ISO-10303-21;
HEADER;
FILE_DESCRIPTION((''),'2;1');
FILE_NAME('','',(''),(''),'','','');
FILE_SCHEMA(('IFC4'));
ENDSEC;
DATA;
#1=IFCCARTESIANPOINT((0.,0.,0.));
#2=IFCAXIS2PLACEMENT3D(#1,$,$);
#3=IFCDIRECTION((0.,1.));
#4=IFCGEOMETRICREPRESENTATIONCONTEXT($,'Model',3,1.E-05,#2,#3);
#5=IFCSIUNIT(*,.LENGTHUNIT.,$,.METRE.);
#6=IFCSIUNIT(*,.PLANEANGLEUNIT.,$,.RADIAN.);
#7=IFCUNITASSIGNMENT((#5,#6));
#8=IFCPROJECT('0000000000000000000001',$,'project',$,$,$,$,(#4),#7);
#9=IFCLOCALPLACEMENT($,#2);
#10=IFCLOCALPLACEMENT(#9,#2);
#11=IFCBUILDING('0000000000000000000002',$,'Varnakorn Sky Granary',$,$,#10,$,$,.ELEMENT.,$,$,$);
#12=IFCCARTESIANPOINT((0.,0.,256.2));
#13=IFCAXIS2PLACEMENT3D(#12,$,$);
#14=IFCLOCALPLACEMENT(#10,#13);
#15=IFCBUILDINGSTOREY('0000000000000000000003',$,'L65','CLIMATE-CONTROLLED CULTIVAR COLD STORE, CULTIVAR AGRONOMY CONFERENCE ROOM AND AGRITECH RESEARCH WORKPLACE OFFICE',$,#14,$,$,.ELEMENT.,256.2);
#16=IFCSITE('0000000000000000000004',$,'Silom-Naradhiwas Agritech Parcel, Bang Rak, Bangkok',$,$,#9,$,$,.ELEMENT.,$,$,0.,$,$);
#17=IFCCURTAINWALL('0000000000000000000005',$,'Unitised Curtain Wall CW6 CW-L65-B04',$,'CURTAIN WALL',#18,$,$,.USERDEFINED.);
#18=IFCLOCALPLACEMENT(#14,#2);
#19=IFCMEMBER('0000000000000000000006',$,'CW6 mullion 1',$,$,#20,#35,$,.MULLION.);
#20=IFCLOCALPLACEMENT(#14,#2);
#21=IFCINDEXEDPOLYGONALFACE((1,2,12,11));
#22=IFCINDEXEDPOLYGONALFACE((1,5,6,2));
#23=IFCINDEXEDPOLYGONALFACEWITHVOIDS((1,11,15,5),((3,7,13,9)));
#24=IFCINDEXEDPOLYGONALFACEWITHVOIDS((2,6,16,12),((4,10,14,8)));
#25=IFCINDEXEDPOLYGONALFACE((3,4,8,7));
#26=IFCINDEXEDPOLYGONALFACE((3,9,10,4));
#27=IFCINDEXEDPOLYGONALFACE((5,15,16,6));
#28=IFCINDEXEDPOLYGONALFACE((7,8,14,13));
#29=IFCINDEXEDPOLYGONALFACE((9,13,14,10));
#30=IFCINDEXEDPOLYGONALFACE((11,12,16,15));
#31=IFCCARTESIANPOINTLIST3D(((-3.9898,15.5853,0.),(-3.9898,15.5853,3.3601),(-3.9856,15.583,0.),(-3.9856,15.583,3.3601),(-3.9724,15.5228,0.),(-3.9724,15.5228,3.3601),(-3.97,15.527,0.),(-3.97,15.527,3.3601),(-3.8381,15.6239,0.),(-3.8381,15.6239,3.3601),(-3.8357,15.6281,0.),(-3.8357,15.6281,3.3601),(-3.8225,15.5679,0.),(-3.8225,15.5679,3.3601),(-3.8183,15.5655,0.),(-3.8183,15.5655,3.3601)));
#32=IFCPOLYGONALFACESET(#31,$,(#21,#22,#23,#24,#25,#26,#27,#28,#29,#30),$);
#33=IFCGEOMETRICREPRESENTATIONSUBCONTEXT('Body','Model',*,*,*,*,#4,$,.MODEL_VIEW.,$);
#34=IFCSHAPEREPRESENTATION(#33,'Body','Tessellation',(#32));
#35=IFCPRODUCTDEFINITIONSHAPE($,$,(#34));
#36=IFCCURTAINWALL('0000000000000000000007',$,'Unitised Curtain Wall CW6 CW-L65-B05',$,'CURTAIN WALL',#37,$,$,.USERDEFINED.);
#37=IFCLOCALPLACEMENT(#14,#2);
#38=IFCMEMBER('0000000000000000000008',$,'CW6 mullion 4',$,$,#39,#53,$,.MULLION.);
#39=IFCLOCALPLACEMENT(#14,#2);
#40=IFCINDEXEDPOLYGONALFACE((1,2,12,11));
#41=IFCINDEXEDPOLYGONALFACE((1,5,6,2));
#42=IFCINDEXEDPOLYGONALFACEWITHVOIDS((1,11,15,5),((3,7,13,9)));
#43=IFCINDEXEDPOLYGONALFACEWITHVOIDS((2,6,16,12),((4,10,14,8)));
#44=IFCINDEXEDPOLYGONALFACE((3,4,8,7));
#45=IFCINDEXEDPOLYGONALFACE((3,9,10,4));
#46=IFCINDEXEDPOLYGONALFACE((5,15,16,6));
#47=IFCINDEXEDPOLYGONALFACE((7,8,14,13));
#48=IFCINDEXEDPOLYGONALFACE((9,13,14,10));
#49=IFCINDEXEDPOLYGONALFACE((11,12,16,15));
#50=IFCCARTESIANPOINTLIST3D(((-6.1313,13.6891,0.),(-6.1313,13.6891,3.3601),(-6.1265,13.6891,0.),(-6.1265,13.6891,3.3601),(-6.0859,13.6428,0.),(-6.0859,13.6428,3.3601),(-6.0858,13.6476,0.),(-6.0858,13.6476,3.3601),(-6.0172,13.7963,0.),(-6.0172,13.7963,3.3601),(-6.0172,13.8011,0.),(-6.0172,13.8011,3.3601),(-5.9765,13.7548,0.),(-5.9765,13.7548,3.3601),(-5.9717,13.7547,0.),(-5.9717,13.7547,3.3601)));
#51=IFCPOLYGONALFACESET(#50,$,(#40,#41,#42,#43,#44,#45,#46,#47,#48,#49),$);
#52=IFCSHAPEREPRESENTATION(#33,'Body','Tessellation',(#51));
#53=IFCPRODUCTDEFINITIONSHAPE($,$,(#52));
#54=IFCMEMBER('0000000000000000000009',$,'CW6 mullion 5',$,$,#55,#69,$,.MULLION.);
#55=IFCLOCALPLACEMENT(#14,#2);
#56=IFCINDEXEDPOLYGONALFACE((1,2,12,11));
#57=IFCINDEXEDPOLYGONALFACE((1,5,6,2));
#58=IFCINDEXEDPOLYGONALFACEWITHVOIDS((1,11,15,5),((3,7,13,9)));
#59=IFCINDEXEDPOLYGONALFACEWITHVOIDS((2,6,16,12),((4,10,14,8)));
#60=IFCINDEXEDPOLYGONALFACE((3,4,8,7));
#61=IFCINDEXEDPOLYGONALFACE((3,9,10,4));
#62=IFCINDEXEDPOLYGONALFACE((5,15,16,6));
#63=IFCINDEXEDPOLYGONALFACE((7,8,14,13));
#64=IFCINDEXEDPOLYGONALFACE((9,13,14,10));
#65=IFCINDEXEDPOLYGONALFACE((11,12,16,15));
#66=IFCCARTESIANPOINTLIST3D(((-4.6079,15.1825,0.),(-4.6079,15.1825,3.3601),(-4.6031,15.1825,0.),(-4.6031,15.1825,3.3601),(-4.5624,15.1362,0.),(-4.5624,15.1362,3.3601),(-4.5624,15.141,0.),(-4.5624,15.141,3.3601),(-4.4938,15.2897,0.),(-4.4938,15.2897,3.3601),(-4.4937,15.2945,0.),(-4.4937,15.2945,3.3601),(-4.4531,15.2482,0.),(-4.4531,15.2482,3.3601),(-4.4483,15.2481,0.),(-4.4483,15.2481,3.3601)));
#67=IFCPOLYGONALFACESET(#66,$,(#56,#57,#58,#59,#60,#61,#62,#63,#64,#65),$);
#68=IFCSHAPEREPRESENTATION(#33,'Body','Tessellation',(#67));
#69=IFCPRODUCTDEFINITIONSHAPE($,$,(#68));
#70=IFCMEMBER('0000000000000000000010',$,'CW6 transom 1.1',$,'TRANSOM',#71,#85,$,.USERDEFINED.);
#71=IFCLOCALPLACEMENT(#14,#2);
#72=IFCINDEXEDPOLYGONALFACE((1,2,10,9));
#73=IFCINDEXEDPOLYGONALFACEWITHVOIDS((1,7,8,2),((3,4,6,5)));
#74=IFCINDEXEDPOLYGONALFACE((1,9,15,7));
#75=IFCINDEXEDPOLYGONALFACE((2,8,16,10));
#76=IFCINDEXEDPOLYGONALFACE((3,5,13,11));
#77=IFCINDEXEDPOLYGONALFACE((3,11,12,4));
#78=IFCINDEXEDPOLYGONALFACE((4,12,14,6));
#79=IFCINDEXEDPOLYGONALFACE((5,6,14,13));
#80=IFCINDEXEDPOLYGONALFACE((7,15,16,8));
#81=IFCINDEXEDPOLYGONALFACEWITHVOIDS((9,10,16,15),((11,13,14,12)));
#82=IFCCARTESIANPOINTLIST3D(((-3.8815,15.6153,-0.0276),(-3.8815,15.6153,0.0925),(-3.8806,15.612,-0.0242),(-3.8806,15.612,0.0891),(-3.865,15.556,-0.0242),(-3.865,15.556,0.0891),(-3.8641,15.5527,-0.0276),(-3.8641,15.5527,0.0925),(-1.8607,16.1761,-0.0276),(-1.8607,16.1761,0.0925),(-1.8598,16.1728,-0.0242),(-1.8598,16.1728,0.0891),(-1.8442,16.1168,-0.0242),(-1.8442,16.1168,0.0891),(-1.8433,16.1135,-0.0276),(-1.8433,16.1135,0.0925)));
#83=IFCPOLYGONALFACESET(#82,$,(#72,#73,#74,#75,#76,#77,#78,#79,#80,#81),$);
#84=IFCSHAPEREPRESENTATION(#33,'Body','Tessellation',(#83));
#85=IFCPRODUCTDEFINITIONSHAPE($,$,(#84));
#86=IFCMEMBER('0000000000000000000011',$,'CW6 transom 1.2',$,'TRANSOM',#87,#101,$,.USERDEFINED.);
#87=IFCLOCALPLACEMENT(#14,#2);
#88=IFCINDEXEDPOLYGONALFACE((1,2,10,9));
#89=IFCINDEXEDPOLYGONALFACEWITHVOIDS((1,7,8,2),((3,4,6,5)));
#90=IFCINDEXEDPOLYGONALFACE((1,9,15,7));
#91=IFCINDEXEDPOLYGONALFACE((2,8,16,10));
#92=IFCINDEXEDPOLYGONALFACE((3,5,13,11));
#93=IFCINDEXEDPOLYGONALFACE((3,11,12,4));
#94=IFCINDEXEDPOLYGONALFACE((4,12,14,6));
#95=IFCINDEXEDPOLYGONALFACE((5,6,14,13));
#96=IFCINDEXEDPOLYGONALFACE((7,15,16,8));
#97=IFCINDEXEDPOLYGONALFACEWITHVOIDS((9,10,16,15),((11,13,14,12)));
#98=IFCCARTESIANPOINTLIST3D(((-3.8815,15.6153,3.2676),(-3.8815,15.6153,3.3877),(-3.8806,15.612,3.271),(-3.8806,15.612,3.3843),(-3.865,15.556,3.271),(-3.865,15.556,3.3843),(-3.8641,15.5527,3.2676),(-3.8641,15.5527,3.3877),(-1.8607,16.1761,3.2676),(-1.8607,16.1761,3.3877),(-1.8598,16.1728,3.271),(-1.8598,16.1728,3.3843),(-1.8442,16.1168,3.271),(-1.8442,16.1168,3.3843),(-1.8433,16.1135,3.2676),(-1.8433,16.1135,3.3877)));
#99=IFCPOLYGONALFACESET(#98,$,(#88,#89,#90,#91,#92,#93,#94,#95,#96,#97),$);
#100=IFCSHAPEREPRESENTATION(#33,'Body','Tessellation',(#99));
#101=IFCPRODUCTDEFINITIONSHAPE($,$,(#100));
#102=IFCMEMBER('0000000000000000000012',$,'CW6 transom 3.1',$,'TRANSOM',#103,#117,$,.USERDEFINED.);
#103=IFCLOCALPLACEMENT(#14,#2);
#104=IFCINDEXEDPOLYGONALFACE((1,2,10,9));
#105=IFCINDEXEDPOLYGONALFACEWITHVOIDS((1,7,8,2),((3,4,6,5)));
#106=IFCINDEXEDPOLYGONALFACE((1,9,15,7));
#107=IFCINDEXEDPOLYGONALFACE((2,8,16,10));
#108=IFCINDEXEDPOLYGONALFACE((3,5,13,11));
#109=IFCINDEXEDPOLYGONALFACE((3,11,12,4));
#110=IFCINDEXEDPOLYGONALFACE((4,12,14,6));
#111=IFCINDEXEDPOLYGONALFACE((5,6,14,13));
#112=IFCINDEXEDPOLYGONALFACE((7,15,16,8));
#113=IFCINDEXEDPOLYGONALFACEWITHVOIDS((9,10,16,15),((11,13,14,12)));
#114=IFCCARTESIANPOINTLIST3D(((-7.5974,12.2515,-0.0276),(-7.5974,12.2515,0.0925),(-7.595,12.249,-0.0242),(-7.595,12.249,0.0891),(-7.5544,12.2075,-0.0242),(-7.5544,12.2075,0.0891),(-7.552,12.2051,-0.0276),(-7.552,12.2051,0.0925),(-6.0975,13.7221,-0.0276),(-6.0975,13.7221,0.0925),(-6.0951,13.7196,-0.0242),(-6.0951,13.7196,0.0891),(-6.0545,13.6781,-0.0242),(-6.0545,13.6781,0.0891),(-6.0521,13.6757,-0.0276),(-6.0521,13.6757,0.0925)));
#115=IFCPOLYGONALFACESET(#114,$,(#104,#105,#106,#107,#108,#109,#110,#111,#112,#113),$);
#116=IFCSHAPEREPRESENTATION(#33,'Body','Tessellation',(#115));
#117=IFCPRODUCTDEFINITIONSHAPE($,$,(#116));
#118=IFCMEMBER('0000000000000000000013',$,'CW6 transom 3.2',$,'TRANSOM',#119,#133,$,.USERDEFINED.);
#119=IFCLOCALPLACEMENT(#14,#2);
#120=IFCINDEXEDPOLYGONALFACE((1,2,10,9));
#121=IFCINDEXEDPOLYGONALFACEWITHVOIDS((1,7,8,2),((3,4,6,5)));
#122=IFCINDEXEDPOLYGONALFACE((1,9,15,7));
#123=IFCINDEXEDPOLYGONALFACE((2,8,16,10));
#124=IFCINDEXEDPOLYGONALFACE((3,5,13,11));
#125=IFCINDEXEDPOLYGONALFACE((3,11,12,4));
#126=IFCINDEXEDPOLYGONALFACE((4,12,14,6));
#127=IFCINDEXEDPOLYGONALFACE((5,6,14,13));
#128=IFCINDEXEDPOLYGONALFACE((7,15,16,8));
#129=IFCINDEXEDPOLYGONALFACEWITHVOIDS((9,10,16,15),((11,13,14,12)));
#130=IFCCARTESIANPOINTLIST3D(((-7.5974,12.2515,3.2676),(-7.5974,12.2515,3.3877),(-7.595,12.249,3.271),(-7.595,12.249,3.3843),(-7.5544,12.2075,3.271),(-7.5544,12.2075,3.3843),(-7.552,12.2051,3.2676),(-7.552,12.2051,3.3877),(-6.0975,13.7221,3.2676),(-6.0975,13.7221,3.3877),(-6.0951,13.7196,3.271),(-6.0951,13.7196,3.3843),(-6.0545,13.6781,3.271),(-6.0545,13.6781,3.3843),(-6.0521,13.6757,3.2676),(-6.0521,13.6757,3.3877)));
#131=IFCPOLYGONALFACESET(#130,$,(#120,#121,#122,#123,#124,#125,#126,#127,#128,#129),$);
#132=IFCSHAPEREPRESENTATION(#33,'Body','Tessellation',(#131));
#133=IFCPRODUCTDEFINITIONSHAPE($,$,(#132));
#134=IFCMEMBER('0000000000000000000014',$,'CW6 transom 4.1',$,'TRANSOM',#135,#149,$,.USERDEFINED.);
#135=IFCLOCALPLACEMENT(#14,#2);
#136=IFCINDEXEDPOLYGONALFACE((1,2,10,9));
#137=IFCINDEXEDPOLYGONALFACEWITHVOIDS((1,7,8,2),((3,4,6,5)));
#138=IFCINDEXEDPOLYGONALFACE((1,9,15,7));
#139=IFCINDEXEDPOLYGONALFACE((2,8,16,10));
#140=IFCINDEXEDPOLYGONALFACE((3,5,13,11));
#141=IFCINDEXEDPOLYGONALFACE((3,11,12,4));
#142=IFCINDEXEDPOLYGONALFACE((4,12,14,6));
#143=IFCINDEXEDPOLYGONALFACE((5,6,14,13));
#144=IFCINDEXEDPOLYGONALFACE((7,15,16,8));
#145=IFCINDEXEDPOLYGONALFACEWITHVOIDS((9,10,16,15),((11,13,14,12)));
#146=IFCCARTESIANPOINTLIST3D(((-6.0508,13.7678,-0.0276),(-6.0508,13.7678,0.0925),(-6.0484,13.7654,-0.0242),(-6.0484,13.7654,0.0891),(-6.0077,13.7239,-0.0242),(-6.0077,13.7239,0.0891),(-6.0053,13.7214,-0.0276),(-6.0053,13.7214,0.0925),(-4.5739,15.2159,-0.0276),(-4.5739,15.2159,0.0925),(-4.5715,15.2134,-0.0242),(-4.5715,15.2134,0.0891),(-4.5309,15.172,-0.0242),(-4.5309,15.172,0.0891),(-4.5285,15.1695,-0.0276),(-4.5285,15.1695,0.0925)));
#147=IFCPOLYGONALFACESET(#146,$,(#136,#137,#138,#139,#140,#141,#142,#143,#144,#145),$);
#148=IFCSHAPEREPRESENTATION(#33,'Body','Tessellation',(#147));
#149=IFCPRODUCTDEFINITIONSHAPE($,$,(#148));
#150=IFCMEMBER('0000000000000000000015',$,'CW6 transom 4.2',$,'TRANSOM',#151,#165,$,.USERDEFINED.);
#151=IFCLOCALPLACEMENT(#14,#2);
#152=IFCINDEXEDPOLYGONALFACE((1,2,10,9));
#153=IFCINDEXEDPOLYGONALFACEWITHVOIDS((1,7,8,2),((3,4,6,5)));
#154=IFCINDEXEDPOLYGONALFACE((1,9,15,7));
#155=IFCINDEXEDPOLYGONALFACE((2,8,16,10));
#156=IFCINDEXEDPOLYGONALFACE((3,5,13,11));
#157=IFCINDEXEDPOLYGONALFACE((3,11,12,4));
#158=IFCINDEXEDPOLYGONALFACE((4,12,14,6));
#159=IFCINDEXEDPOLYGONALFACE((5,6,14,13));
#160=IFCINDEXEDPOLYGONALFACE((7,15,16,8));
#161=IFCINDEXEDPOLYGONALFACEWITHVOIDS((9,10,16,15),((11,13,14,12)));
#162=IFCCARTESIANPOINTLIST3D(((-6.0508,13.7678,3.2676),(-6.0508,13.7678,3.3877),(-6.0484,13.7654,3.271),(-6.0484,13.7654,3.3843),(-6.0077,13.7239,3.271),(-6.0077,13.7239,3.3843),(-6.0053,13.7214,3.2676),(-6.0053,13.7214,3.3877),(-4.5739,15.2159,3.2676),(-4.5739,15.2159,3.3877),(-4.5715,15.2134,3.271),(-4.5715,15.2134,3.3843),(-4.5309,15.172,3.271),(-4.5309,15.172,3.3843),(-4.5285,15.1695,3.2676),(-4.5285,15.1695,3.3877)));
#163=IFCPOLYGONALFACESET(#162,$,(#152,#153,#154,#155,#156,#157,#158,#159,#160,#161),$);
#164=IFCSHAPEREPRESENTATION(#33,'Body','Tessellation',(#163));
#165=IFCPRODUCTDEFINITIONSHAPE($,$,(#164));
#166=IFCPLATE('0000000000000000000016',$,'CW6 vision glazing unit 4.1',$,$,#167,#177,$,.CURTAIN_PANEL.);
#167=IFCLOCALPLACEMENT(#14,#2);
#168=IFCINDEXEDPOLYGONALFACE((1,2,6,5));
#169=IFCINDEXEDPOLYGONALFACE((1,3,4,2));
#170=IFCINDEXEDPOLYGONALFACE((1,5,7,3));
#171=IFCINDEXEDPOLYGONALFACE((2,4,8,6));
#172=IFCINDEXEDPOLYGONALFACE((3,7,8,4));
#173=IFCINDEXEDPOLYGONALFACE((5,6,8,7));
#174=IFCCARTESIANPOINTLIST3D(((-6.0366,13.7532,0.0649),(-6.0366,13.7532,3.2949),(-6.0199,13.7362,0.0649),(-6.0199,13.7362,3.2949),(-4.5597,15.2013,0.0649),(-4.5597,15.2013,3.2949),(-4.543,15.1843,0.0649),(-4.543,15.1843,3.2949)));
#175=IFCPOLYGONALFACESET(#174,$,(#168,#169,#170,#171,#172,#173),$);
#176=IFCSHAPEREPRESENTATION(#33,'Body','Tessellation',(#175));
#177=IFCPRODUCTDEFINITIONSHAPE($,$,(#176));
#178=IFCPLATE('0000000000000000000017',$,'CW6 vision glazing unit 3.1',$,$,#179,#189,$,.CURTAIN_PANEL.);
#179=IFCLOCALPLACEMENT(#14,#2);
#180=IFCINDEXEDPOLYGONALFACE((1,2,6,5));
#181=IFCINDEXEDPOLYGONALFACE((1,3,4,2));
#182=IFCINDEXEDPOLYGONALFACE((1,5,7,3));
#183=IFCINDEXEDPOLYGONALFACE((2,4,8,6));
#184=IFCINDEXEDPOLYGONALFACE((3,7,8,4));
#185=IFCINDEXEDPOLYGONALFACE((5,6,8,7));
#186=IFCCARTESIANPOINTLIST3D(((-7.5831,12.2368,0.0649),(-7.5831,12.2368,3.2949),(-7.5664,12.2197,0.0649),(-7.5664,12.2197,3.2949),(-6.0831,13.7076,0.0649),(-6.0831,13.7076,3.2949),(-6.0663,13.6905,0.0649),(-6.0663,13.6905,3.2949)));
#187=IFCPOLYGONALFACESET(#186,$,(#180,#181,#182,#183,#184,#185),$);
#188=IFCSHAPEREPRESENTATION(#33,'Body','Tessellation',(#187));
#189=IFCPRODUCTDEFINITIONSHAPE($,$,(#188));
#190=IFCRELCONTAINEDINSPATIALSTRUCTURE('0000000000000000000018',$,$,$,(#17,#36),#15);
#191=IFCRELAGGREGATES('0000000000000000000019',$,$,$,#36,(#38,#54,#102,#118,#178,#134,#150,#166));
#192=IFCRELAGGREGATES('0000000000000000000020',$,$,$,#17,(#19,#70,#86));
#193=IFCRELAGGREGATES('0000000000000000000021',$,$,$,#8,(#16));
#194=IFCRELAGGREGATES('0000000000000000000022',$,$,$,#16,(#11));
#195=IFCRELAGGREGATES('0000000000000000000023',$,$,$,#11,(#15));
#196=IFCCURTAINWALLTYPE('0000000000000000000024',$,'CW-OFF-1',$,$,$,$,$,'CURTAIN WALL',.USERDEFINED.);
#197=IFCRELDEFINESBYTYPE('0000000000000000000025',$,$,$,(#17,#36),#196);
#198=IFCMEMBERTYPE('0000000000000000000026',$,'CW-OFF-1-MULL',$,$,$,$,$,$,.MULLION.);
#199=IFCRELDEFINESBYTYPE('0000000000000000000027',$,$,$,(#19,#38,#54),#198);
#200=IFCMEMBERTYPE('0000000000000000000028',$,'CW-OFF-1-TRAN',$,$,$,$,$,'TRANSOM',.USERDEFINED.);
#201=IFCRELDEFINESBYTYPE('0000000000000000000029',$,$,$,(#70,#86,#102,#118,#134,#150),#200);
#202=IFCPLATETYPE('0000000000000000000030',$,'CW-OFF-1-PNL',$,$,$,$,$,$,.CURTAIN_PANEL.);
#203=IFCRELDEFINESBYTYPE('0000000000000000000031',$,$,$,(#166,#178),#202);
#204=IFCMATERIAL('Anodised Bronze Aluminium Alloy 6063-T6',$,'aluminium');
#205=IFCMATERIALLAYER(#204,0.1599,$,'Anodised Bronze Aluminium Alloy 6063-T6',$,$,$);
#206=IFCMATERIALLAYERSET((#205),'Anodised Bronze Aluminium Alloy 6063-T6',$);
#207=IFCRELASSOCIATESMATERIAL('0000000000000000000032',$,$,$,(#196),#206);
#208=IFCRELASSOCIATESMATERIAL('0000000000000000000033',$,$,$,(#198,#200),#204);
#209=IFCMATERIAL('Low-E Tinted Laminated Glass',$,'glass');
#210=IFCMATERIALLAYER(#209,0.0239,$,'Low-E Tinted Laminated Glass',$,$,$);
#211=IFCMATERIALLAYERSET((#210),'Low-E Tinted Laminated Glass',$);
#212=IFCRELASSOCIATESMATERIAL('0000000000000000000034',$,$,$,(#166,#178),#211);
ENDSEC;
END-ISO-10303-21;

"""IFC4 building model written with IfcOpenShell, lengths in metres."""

from ifc_helpers import new_model, si_unit, direction, frame, origin, origin_2d, place, context, subcontext, project, spatial, rectangle, hollow_rectangle, extrude, source, transform, mapped, material, layer, layer_set, material_profile, profile_set, type_object, element, aggregate, save


model = new_model("IFC4")

# Units and contexts
model_context = context("Model", 3, precision=1e-05, world=origin(), true_north=direction((0.0, 1.0)))
body_context = subcontext(model_context, "Body", "Model", "MODEL_VIEW")
ifc_project = project(units=[si_unit("LENGTHUNIT", "METRE"), si_unit("PLANEANGLEUNIT", "RADIAN")], contexts=[model_context])

# Site, building, storey
site_placement = place(None, origin())
site = spatial("IfcSite", under=ifc_project, at=site_placement, Name="Silom-Naradhiwas Agritech Parcel, Bang Rak, Bangkok", CompositionType="ELEMENT", RefElevation=0.0)
building_placement = place(site_placement, origin())
building = spatial("IfcBuilding", under=site, at=building_placement, Name="Varnakorn Sky Granary", CompositionType="ELEMENT")
storey_placement = place(building_placement, frame((0.0, 0.0, 256.2)))
storey = spatial("IfcBuildingStorey", under=building, at=storey_placement, Name="L65", Description="CLIMATE-CONTROLLED CULTIVAR COLD STORE, CULTIVAR AGRONOMY CONFERENCE ROOM AND AGRITECH RESEARCH WORKPLACE OFFICE", CompositionType="ELEMENT", Elevation=256.2)

# Curtain wall, member
ifc_material_1 = material(Name="Anodised Bronze Aluminium Alloy 6063-T6", Category="aluminium")
ifc_layer_1 = layer(ifc_material_1, 0.1599, Name="Anodised Bronze Aluminium Alloy 6063-T6")
ifc_layer_set_1 = layer_set([ifc_layer_1], Name="Anodised Bronze Aluminium Alloy 6063-T6")
curtain_wall_type = type_object("IfcCurtainWallType", Name="CW-OFF-1", ElementType="CURTAIN WALL", PredefinedType="USERDEFINED", material=ifc_layer_set_1)
curtain_wall_1_placement = place(storey_placement, origin())
curtain_wall_1 = element("IfcCurtainWall", 1, at=curtain_wall_1_placement, inside=storey, type_object=curtain_wall_type, Name="Unitised Curtain Wall CW6 CW-L65-B04", ObjectType="CURTAIN WALL", PredefinedType="USERDEFINED")
ifc_material_profile_1 = material_profile(ifc_material_1, hollow_rectangle(XDim=0.0649, YDim=0.1599, WallThickness=0.0034, at=origin_2d()), Name="ALU MULL 65x160")
ifc_profile_set_1 = profile_set([ifc_material_profile_1], Name="Anodised Bronze Aluminium Alloy 6063-T6")
member_type_1 = type_object("IfcMemberType", Name="CW-OFF-1-MULL", PredefinedType="MULLION", material=ifc_profile_set_1)
member_1_placement = place(storey_placement, frame((-3.9041, 15.5754, 0.0), z_axis=(0.0, 0.0, 1.0), x_axis=(-0.267429, 0.963577, 0.0)))
member_1 = element("IfcMember", 2, at=member_1_placement, type_object=member_type_1, Name="CW6 mullion 1", PredefinedType="MULLION", context=body_context, shape_type="SweptSolid", body=[
    extrude(hollow_rectangle(XDim=0.0649, YDim=0.1599, WallThickness=0.0034, at=origin_2d()), origin(), (0.0, 0.0, 1.0), 3.3601),
])

# Curtain wall, members
curtain_wall_2_placement = place(storey_placement, origin())
curtain_wall_2 = element("IfcCurtainWall", 3, at=curtain_wall_2_placement, inside=storey, type_object=curtain_wall_type, Name="Unitised Curtain Wall CW6 CW-L65-B05", ObjectType="CURTAIN WALL", PredefinedType="USERDEFINED")
member_2_placement = place(storey_placement, frame((-6.0515, 13.7219, 0.0), z_axis=(0.0, 0.0, 1.0), x_axis=(-0.700118, 0.714027, 0.0)))
member_2 = element("IfcMember", 4, at=member_2_placement, type_object=member_type_1, Name="CW6 mullion 4", PredefinedType="MULLION", context=body_context, shape_type="SweptSolid", body=[
    extrude(hollow_rectangle(XDim=0.0649, YDim=0.1599, WallThickness=0.0034, at=origin_2d()), origin(), (0.0, 0.0, 1.0), 3.3601),
])
member_3_placement = place(storey_placement, frame((-4.5281, 15.2153, 0.0), z_axis=(0.0, 0.0, 1.0), x_axis=(-0.700118, 0.714027, 0.0)))
member_3 = element("IfcMember", 5, at=member_3_placement, type_object=member_type_1, Name="CW6 mullion 5", PredefinedType="MULLION", context=body_context, shape_type="SweptSolid", body=[
    extrude(hollow_rectangle(XDim=0.0649, YDim=0.1599, WallThickness=0.0034, at=origin_2d()), origin(), (0.0, 0.0, 1.0), 3.3601),
])

# Members
ifc_material_profile_2 = material_profile(ifc_material_1, hollow_rectangle(XDim=0.0649, YDim=0.1201, WallThickness=0.0034, at=origin_2d()), Name="ALU TRAN 65x120")
ifc_profile_set_2 = profile_set([ifc_material_profile_2], Name="Anodised Bronze Aluminium Alloy 6063-T6")
member_type_2 = type_object("IfcMemberType", Name="CW-OFF-1-TRAN", ElementType="TRANSOM", PredefinedType="USERDEFINED", material=ifc_profile_set_2)
member_4_placement = place(storey_placement, frame((-3.8728, 15.584, 0.0325), z_axis=(0.963583, 0.26741, 0.0), x_axis=(-0.26741, 0.963583, 0.0)))
member_4 = element("IfcMember", 6, at=member_4_placement, type_object=member_type_2, Name="CW6 transom 1.1", ObjectType="TRANSOM", PredefinedType="USERDEFINED", context=body_context, shape_type="SweptSolid", body=[
    extrude(hollow_rectangle(XDim=0.0649, YDim=0.1201, WallThickness=0.0034, at=origin_2d()), origin(), (0.0, 0.0, 1.0), 2.0972),
])
member_5_placement = place(storey_placement, frame((-3.8728, 15.584, 3.3276), z_axis=(0.963583, 0.26741, 0.0), x_axis=(-0.26741, 0.963583, 0.0)))
member_5 = element("IfcMember", 7, at=member_5_placement, type_object=member_type_2, Name="CW6 transom 1.2", ObjectType="TRANSOM", PredefinedType="USERDEFINED", context=body_context, shape_type="SweptSolid", body=[
    extrude(hollow_rectangle(XDim=0.0649, YDim=0.1201, WallThickness=0.0034, at=origin_2d()), origin(), (0.0, 0.0, 1.0), 2.0972),
])
member_6_placement = place(storey_placement, frame((-7.5747, 12.2283, 0.0325), z_axis=(0.714045, 0.700099, 0.0), x_axis=(-0.700099, 0.714045, 0.0)))
member_6 = element("IfcMember", 8, at=member_6_placement, type_object=member_type_2, Name="CW6 transom 3.1", ObjectType="TRANSOM", PredefinedType="USERDEFINED", context=body_context, shape_type="SweptSolid", body=[
    extrude(hollow_rectangle(XDim=0.0649, YDim=0.1201, WallThickness=0.0034, at=origin_2d()), origin(), (0.0, 0.0, 1.0), 2.1006),
])
member_7_placement = place(storey_placement, frame((-7.5747, 12.2283, 3.3276), z_axis=(0.714045, 0.700099, 0.0), x_axis=(-0.700099, 0.714045, 0.0)))
member_7 = element("IfcMember", 9, at=member_7_placement, type_object=member_type_2, Name="CW6 transom 3.2", ObjectType="TRANSOM", PredefinedType="USERDEFINED", context=body_context, shape_type="SweptSolid", body=[
    extrude(hollow_rectangle(XDim=0.0649, YDim=0.1201, WallThickness=0.0034, at=origin_2d()), origin(), (0.0, 0.0, 1.0), 2.1006),
])
member_8_placement = place(storey_placement, frame((-6.0281, 13.7446, 0.0325), z_axis=(0.714037, 0.700108, 0.0), x_axis=(-0.700108, 0.714037, 0.0)))
member_8 = element("IfcMember", 10, at=member_8_placement, type_object=member_type_2, Name="CW6 transom 4.1", ObjectType="TRANSOM", PredefinedType="USERDEFINED", context=body_context, shape_type="SweptSolid", body=[
    extrude(hollow_rectangle(XDim=0.0649, YDim=0.1201, WallThickness=0.0034, at=origin_2d()), origin(), (0.0, 0.0, 1.0), 2.0684),
])
member_9_placement = place(storey_placement, frame((-6.0281, 13.7446, 3.3276), z_axis=(0.714037, 0.700108, 0.0), x_axis=(-0.700108, 0.714037, 0.0)))
member_9 = element("IfcMember", 11, at=member_9_placement, type_object=member_type_2, Name="CW6 transom 4.2", ObjectType="TRANSOM", PredefinedType="USERDEFINED", context=body_context, shape_type="SweptSolid", body=[
    extrude(hollow_rectangle(XDim=0.0649, YDim=0.1201, WallThickness=0.0034, at=origin_2d()), origin(), (0.0, 0.0, 1.0), 2.0684),
])

# Plates
ifc_material_2 = material(Name="Low-E Tinted Laminated Glass", Category="glass")
ifc_layer_2 = layer(ifc_material_2, 0.0239, Name="Low-E Tinted Laminated Glass")
ifc_layer_set_2 = layer_set([ifc_layer_2], Name="Low-E Tinted Laminated Glass")
plate_type = type_object("IfcPlateType", Name="CW-OFF-1-PNL", PredefinedType="CURTAIN_PANEL")
shared_shape_1 = source(origin(), body_context, "Body", "SweptSolid", [
    extrude(rectangle(XDim=2.0684, YDim=0.0239, at=origin_2d()), origin(), (0.0, 0.0, 1.0), 3.23),
])
plate_1_placement = place(storey_placement, frame((-5.2898, 14.4688, 0.0649), z_axis=(0.0, 0.0, 1.0), x_axis=(0.714027, 0.700118, 0.0)))
plate_1 = element("IfcPlate", 12, at=plate_1_placement, type_object=plate_type, material=ifc_layer_set_2, Name="CW6 vision glazing unit 4.1", PredefinedType="CURTAIN_PANEL", context=body_context, shape_type="MappedRepresentation", body=[
    mapped(shared_shape_1, transform((0.0, 0.0, 0.0), x_axis=(1.0, 0.0, 0.0), y_axis=(0.0, 1.0, 0.0), z_axis=(0.0, 0.0, 1.0), scale=1.0)),
])
shared_shape_2 = source(origin(), body_context, "Body", "SweptSolid", [
    extrude(rectangle(XDim=2.1008, YDim=0.0239, at=origin_2d()), origin(), (0.0, 0.0, 1.0), 3.23),
])
plate_2_placement = place(storey_placement, frame((-6.8247, 12.9636, 0.0649), z_axis=(0.0, 0.0, 1.0), x_axis=(0.714027, 0.700118, 0.0)))
plate_2 = element("IfcPlate", 13, at=plate_2_placement, type_object=plate_type, material=ifc_layer_set_2, Name="CW6 vision glazing unit 3.1", PredefinedType="CURTAIN_PANEL", context=body_context, shape_type="MappedRepresentation", body=[
    mapped(shared_shape_2, transform((0.0, 0.0, 0.0), x_axis=(1.0, 0.0, 0.0), y_axis=(0.0, 1.0, 0.0), z_axis=(0.0, 0.0, 1.0), scale=1.0)),
])
aggregate(curtain_wall_2, [member_2, member_3, member_6, member_7, plate_2, member_8, member_9, plate_1])
aggregate(curtain_wall_1, [member_1, member_4, member_5])

save(model, "model.ifc")
